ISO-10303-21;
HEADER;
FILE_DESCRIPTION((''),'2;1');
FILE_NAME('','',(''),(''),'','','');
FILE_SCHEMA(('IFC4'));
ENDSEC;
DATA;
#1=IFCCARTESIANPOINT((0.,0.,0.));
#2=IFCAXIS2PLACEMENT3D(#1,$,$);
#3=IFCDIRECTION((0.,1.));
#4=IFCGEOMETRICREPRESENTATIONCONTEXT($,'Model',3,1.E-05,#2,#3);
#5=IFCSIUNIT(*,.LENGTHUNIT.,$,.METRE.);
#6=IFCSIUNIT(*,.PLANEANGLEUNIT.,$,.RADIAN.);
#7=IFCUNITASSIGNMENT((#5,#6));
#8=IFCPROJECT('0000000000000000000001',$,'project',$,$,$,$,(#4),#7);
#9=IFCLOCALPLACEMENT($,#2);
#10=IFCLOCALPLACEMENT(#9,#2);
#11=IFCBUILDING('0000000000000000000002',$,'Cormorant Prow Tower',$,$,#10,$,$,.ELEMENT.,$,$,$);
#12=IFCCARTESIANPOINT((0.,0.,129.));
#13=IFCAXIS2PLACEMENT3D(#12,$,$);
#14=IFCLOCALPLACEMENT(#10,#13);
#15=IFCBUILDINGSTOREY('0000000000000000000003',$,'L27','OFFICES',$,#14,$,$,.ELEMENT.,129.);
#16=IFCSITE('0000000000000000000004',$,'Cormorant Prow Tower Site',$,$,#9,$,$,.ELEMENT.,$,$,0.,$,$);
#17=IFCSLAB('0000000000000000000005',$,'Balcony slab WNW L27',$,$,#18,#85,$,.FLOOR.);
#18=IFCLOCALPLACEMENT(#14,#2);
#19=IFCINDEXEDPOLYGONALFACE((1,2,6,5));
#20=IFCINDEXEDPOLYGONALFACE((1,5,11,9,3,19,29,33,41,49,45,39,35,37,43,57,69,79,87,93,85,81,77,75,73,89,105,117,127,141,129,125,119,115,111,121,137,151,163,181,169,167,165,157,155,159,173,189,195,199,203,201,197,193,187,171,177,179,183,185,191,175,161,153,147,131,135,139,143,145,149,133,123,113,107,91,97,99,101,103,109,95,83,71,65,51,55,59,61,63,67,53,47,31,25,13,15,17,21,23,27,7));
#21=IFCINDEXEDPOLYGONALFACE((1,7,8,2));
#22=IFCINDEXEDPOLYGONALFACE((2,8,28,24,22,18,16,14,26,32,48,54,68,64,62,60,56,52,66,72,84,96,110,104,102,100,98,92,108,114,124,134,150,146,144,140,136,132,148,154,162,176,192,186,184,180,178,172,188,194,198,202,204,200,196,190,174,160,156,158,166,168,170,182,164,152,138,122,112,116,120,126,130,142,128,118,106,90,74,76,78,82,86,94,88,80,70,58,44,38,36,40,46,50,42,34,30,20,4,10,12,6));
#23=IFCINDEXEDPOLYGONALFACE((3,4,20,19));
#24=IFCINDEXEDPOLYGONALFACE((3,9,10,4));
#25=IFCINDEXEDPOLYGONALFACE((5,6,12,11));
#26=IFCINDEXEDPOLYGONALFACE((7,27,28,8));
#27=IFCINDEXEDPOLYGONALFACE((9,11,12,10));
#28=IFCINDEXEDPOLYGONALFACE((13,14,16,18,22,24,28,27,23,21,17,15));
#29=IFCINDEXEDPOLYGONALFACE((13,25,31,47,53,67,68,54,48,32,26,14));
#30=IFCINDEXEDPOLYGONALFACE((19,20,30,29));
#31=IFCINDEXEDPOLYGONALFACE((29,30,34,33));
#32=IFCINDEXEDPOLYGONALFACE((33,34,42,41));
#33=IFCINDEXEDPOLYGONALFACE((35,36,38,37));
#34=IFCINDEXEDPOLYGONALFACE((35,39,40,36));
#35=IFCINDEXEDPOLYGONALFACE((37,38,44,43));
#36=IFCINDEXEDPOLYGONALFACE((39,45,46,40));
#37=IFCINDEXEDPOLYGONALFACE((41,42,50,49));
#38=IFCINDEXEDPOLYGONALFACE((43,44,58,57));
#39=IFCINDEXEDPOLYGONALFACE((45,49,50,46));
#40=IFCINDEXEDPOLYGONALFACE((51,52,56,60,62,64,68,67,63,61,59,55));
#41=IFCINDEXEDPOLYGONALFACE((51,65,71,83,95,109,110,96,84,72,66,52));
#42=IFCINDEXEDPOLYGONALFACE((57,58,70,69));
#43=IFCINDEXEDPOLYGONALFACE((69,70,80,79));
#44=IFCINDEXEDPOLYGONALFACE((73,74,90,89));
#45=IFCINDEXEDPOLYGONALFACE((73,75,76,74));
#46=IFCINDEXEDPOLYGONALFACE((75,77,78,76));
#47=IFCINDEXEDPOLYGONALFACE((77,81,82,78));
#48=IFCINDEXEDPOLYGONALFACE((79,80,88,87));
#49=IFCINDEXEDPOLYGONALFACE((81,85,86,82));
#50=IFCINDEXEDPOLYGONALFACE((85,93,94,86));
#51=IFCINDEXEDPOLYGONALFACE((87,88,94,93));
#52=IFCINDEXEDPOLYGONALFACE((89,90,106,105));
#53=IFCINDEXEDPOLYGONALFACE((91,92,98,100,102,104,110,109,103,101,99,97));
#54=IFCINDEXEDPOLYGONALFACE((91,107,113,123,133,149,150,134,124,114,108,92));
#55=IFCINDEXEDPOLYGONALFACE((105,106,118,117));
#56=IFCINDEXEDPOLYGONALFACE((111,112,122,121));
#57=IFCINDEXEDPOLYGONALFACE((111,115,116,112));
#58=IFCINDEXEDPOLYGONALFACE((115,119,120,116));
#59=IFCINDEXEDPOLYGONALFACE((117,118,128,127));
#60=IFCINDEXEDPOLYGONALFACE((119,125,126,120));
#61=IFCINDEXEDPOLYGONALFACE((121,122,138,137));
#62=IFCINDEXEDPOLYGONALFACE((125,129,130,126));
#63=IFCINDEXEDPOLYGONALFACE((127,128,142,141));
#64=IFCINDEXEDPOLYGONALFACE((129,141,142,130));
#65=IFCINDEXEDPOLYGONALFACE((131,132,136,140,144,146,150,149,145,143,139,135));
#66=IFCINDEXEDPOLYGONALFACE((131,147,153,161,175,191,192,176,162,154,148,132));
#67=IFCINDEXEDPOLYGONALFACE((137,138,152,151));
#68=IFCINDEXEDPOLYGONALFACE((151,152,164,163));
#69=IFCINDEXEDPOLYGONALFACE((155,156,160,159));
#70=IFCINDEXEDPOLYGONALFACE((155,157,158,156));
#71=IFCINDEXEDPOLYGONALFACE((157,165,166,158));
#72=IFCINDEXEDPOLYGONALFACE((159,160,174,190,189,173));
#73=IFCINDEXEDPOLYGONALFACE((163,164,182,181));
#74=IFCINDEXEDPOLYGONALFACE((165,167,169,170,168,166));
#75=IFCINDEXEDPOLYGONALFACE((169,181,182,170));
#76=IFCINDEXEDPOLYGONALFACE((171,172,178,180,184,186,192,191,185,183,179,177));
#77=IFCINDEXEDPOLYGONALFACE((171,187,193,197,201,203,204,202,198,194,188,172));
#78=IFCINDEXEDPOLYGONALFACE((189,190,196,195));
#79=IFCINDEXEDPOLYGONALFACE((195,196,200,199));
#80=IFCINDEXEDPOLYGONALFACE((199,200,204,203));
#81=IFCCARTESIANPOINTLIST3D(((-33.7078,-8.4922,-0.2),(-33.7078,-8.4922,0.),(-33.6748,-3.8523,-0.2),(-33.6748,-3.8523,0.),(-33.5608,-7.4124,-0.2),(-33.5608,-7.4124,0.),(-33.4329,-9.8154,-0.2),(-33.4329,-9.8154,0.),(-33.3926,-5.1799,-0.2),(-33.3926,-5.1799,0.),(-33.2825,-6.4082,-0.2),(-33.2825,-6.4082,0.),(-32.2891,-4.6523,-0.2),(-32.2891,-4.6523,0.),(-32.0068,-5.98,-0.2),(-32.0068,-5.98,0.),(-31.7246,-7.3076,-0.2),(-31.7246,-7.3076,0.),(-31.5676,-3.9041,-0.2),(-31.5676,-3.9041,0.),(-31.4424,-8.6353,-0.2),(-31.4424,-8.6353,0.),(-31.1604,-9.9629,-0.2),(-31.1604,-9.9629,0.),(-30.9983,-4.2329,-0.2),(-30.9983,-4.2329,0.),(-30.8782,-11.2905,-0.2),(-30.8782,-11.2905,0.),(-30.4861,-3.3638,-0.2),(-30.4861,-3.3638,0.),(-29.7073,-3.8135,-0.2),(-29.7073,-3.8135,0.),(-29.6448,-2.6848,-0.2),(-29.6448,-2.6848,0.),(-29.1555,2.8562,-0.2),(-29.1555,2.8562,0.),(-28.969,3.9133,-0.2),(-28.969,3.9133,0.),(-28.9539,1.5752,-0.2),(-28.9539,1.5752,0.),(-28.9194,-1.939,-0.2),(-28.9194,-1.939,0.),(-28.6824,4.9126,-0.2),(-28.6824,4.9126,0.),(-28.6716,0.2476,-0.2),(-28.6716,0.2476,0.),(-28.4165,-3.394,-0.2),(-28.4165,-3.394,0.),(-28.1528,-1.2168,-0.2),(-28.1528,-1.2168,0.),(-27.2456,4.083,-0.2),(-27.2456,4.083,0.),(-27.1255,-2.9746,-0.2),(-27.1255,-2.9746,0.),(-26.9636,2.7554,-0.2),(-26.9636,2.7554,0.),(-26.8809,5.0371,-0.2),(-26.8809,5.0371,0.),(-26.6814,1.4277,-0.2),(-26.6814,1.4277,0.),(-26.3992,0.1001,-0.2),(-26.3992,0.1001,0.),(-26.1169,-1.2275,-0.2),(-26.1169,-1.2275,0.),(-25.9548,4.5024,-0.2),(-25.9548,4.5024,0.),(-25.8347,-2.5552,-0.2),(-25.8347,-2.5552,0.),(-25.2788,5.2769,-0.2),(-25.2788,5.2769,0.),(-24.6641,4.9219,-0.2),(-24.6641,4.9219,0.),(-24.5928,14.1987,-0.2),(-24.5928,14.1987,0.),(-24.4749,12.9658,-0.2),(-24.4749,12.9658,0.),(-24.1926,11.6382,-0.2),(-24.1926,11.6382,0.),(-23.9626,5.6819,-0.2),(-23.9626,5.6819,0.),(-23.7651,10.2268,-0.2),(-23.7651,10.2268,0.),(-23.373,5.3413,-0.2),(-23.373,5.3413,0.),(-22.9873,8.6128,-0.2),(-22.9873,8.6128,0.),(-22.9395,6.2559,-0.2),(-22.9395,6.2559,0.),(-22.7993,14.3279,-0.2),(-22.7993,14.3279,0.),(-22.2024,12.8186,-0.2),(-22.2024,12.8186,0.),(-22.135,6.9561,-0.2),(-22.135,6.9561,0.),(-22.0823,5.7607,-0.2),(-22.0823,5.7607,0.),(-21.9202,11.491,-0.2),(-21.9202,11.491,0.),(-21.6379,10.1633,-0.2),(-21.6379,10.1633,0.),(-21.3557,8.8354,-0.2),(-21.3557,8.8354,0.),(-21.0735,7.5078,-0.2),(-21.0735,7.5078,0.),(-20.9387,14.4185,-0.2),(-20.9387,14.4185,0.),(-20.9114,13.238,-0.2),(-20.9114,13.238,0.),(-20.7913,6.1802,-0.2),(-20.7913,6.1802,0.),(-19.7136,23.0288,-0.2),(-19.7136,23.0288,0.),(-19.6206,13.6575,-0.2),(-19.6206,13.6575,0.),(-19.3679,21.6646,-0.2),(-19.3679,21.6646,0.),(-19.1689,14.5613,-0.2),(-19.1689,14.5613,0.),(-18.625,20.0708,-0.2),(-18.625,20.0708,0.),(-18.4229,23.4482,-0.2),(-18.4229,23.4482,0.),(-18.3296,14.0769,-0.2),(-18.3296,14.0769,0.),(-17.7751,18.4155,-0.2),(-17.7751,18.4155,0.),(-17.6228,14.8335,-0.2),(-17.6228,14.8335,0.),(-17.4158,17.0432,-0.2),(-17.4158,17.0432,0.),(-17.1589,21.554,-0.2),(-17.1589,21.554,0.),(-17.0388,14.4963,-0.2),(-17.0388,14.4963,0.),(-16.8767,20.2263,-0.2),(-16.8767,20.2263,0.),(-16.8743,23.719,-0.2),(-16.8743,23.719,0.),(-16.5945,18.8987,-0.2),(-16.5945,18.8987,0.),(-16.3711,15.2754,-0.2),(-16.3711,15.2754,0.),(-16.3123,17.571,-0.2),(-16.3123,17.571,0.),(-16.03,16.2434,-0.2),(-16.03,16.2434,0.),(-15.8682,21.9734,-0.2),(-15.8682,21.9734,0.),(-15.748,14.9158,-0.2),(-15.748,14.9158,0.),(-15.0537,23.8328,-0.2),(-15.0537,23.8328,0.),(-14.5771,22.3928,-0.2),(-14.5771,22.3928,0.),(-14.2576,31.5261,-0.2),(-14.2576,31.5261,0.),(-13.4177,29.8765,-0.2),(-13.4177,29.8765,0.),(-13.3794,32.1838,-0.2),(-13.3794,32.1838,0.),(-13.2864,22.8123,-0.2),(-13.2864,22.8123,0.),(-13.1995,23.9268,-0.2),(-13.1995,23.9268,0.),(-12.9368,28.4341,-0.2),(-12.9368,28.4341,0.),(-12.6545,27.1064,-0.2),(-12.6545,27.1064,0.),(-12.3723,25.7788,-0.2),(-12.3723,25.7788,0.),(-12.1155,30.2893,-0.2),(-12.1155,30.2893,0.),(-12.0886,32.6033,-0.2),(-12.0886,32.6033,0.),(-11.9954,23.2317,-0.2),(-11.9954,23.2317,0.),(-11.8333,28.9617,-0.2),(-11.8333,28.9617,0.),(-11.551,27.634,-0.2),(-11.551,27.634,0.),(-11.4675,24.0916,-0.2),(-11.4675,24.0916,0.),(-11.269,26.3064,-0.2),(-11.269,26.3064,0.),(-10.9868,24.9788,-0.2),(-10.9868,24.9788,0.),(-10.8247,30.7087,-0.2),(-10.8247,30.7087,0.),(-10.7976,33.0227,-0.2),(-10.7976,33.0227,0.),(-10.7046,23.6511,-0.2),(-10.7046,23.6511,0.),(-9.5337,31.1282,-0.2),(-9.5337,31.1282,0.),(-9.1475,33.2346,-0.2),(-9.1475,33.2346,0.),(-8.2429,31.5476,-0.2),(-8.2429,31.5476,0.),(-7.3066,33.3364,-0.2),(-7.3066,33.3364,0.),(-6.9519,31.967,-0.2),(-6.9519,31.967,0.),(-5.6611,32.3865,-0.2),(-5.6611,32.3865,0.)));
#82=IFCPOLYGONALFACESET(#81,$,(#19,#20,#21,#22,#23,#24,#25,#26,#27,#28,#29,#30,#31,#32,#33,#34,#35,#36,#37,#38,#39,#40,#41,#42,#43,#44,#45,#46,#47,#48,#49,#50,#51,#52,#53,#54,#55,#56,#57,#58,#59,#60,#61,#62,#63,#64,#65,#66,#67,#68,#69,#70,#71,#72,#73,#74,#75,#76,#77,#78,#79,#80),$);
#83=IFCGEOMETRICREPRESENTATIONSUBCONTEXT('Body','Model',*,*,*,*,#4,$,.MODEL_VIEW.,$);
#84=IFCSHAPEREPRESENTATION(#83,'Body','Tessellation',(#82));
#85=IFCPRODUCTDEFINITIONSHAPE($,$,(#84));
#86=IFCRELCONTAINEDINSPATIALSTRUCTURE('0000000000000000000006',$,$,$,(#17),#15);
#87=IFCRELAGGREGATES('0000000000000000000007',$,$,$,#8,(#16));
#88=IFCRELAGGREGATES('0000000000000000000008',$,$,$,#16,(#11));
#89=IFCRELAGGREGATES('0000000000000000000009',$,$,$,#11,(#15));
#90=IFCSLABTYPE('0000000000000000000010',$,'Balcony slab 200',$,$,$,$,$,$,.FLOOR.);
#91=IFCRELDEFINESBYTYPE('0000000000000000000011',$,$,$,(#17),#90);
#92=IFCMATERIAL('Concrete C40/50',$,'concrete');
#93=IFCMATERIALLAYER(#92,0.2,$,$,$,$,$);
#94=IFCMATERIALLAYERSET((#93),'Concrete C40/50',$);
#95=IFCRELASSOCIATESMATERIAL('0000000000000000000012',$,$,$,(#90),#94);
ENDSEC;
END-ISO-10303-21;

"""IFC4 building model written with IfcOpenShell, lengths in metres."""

from ifc_helpers import new_model, si_unit, direction, frame, origin, place, context, subcontext, project, spatial, polyline, outline, extrude, material, layer, layer_set, type_object, element, save


model = new_model("IFC4")

# Units and contexts
model_context = context("Model", 3, precision=1e-05, world=origin(), true_north=direction((0.0, 1.0)))
body_context = subcontext(model_context, "Body", "Model", "MODEL_VIEW")
ifc_project = project(units=[si_unit("LENGTHUNIT", "METRE"), si_unit("PLANEANGLEUNIT", "RADIAN")], contexts=[model_context])

# Site, building, storey
site_placement = place(None, origin())
site = spatial("IfcSite", under=ifc_project, at=site_placement, Name="Cormorant Prow Tower Site", CompositionType="ELEMENT", RefElevation=0.0)
building_placement = place(site_placement, origin())
building = spatial("IfcBuilding", under=site, at=building_placement, Name="Cormorant Prow Tower", CompositionType="ELEMENT")
storey_placement = place(building_placement, frame((0.0, 0.0, 129.0)))
storey = spatial("IfcBuildingStorey", under=building, at=storey_placement, Name="L27", Description="OFFICES", CompositionType="ELEMENT", Elevation=129.0)

# Slab
ifc_material_1 = material(Name="Concrete C40/50", Category="concrete")
ifc_layer_1 = layer(ifc_material_1, 0.2)
ifc_layer_set_1 = layer_set([ifc_layer_1], Name="Concrete C40/50")
slab_type_1 = type_object("IfcSlabType", Name="Balcony slab 200", PredefinedType="FLOOR", material=ifc_layer_set_1)
slab_1_placement = place(storey_placement, frame((0.0, 0.0, -0.2)))
element("IfcSlab", 1, at=slab_1_placement, inside=storey, type_object=slab_type_1, Name="Balcony slab WNW L27", PredefinedType="FLOOR", context=body_context, shape_type="SweptSolid", body=[
    extrude(outline(polyline([(-5.6611, 32.3865), (-7.3066, 33.3364), (-9.1475, 33.2346), (-10.7976, 33.0227), (-12.0886, 32.6033), (-13.3794, 32.1838), (-14.2576, 31.5261), (-13.4177, 29.8765), (-12.9368, 28.4341), (-12.6545, 27.1064), (-12.3723, 25.7788), (-11.4675, 24.0916), (-13.1995, 23.9268), (-15.0537, 23.8328), (-16.8743, 23.719), (-18.4229, 23.4482), (-19.7136, 23.0288), (-19.3679, 21.6646), (-18.625, 20.0708), (-17.7751, 18.4155), (-17.4158, 17.0432), (-16.3711, 15.2754), (-17.6228, 14.8335), (-19.1689, 14.5613), (-20.9387, 14.4185), (-22.7993, 14.3279), (-24.5928, 14.1987), (-24.4749, 12.9658), (-24.1926, 11.6382), (-23.7651, 10.2268), (-22.9873, 8.6128), (-22.135, 6.9561), (-22.9395, 6.2559), (-23.9626, 5.6819), (-25.2788, 5.2769), (-26.8809, 5.0371), (-28.6824, 4.9126), (-28.969, 3.9133), (-29.1555, 2.8562), (-28.9539, 1.5752), (-28.6716, 0.2476), (-28.1528, -1.2168), (-28.9194, -1.939), (-29.6448, -2.6848), (-30.4861, -3.3638), (-31.5676, -3.9041), (-33.6748, -3.8523), (-33.3926, -5.1799), (-33.2825, -6.4082), (-33.5608, -7.4124), (-33.7078, -8.4922), (-33.4329, -9.8154), (-30.8782, -11.2905), (-31.1604, -9.9629), (-31.4424, -8.6353), (-31.7246, -7.3076), (-32.0068, -5.98), (-32.2891, -4.6523), (-30.9983, -4.2329), (-29.7073, -3.8135), (-28.4165, -3.394), (-27.1255, -2.9746), (-25.8347, -2.5552), (-26.1169, -1.2275), (-26.3992, 0.1001), (-26.6814, 1.4277), (-26.9636, 2.7554), (-27.2456, 4.083), (-25.9548, 4.5024), (-24.6641, 4.9219), (-23.373, 5.3413), (-22.0823, 5.7607), (-20.7913, 6.1802), (-21.0735, 7.5078), (-21.3557, 8.8354), (-21.6379, 10.1633), (-21.9202, 11.491), (-22.2024, 12.8186), (-20.9114, 13.238), (-19.6206, 13.6575), (-18.3296, 14.0769), (-17.0388, 14.4963), (-15.748, 14.9158), (-16.03, 16.2434), (-16.3123, 17.571), (-16.5945, 18.8987), (-16.8767, 20.2263), (-17.1589, 21.554), (-15.8682, 21.9734), (-14.5771, 22.3928), (-13.2864, 22.8123), (-11.9954, 23.2317), (-10.7046, 23.6511), (-10.9868, 24.9788), (-11.269, 26.3064), (-11.551, 27.634), (-11.8333, 28.9617), (-12.1155, 30.2893), (-10.8247, 30.7087), (-9.5337, 31.1282), (-8.2429, 31.5476), (-6.9519, 31.967), (-5.6611, 32.3865)])), origin(), (0.0, 0.0, 1.0), 0.2),
])

save(model, "model.ifc")
